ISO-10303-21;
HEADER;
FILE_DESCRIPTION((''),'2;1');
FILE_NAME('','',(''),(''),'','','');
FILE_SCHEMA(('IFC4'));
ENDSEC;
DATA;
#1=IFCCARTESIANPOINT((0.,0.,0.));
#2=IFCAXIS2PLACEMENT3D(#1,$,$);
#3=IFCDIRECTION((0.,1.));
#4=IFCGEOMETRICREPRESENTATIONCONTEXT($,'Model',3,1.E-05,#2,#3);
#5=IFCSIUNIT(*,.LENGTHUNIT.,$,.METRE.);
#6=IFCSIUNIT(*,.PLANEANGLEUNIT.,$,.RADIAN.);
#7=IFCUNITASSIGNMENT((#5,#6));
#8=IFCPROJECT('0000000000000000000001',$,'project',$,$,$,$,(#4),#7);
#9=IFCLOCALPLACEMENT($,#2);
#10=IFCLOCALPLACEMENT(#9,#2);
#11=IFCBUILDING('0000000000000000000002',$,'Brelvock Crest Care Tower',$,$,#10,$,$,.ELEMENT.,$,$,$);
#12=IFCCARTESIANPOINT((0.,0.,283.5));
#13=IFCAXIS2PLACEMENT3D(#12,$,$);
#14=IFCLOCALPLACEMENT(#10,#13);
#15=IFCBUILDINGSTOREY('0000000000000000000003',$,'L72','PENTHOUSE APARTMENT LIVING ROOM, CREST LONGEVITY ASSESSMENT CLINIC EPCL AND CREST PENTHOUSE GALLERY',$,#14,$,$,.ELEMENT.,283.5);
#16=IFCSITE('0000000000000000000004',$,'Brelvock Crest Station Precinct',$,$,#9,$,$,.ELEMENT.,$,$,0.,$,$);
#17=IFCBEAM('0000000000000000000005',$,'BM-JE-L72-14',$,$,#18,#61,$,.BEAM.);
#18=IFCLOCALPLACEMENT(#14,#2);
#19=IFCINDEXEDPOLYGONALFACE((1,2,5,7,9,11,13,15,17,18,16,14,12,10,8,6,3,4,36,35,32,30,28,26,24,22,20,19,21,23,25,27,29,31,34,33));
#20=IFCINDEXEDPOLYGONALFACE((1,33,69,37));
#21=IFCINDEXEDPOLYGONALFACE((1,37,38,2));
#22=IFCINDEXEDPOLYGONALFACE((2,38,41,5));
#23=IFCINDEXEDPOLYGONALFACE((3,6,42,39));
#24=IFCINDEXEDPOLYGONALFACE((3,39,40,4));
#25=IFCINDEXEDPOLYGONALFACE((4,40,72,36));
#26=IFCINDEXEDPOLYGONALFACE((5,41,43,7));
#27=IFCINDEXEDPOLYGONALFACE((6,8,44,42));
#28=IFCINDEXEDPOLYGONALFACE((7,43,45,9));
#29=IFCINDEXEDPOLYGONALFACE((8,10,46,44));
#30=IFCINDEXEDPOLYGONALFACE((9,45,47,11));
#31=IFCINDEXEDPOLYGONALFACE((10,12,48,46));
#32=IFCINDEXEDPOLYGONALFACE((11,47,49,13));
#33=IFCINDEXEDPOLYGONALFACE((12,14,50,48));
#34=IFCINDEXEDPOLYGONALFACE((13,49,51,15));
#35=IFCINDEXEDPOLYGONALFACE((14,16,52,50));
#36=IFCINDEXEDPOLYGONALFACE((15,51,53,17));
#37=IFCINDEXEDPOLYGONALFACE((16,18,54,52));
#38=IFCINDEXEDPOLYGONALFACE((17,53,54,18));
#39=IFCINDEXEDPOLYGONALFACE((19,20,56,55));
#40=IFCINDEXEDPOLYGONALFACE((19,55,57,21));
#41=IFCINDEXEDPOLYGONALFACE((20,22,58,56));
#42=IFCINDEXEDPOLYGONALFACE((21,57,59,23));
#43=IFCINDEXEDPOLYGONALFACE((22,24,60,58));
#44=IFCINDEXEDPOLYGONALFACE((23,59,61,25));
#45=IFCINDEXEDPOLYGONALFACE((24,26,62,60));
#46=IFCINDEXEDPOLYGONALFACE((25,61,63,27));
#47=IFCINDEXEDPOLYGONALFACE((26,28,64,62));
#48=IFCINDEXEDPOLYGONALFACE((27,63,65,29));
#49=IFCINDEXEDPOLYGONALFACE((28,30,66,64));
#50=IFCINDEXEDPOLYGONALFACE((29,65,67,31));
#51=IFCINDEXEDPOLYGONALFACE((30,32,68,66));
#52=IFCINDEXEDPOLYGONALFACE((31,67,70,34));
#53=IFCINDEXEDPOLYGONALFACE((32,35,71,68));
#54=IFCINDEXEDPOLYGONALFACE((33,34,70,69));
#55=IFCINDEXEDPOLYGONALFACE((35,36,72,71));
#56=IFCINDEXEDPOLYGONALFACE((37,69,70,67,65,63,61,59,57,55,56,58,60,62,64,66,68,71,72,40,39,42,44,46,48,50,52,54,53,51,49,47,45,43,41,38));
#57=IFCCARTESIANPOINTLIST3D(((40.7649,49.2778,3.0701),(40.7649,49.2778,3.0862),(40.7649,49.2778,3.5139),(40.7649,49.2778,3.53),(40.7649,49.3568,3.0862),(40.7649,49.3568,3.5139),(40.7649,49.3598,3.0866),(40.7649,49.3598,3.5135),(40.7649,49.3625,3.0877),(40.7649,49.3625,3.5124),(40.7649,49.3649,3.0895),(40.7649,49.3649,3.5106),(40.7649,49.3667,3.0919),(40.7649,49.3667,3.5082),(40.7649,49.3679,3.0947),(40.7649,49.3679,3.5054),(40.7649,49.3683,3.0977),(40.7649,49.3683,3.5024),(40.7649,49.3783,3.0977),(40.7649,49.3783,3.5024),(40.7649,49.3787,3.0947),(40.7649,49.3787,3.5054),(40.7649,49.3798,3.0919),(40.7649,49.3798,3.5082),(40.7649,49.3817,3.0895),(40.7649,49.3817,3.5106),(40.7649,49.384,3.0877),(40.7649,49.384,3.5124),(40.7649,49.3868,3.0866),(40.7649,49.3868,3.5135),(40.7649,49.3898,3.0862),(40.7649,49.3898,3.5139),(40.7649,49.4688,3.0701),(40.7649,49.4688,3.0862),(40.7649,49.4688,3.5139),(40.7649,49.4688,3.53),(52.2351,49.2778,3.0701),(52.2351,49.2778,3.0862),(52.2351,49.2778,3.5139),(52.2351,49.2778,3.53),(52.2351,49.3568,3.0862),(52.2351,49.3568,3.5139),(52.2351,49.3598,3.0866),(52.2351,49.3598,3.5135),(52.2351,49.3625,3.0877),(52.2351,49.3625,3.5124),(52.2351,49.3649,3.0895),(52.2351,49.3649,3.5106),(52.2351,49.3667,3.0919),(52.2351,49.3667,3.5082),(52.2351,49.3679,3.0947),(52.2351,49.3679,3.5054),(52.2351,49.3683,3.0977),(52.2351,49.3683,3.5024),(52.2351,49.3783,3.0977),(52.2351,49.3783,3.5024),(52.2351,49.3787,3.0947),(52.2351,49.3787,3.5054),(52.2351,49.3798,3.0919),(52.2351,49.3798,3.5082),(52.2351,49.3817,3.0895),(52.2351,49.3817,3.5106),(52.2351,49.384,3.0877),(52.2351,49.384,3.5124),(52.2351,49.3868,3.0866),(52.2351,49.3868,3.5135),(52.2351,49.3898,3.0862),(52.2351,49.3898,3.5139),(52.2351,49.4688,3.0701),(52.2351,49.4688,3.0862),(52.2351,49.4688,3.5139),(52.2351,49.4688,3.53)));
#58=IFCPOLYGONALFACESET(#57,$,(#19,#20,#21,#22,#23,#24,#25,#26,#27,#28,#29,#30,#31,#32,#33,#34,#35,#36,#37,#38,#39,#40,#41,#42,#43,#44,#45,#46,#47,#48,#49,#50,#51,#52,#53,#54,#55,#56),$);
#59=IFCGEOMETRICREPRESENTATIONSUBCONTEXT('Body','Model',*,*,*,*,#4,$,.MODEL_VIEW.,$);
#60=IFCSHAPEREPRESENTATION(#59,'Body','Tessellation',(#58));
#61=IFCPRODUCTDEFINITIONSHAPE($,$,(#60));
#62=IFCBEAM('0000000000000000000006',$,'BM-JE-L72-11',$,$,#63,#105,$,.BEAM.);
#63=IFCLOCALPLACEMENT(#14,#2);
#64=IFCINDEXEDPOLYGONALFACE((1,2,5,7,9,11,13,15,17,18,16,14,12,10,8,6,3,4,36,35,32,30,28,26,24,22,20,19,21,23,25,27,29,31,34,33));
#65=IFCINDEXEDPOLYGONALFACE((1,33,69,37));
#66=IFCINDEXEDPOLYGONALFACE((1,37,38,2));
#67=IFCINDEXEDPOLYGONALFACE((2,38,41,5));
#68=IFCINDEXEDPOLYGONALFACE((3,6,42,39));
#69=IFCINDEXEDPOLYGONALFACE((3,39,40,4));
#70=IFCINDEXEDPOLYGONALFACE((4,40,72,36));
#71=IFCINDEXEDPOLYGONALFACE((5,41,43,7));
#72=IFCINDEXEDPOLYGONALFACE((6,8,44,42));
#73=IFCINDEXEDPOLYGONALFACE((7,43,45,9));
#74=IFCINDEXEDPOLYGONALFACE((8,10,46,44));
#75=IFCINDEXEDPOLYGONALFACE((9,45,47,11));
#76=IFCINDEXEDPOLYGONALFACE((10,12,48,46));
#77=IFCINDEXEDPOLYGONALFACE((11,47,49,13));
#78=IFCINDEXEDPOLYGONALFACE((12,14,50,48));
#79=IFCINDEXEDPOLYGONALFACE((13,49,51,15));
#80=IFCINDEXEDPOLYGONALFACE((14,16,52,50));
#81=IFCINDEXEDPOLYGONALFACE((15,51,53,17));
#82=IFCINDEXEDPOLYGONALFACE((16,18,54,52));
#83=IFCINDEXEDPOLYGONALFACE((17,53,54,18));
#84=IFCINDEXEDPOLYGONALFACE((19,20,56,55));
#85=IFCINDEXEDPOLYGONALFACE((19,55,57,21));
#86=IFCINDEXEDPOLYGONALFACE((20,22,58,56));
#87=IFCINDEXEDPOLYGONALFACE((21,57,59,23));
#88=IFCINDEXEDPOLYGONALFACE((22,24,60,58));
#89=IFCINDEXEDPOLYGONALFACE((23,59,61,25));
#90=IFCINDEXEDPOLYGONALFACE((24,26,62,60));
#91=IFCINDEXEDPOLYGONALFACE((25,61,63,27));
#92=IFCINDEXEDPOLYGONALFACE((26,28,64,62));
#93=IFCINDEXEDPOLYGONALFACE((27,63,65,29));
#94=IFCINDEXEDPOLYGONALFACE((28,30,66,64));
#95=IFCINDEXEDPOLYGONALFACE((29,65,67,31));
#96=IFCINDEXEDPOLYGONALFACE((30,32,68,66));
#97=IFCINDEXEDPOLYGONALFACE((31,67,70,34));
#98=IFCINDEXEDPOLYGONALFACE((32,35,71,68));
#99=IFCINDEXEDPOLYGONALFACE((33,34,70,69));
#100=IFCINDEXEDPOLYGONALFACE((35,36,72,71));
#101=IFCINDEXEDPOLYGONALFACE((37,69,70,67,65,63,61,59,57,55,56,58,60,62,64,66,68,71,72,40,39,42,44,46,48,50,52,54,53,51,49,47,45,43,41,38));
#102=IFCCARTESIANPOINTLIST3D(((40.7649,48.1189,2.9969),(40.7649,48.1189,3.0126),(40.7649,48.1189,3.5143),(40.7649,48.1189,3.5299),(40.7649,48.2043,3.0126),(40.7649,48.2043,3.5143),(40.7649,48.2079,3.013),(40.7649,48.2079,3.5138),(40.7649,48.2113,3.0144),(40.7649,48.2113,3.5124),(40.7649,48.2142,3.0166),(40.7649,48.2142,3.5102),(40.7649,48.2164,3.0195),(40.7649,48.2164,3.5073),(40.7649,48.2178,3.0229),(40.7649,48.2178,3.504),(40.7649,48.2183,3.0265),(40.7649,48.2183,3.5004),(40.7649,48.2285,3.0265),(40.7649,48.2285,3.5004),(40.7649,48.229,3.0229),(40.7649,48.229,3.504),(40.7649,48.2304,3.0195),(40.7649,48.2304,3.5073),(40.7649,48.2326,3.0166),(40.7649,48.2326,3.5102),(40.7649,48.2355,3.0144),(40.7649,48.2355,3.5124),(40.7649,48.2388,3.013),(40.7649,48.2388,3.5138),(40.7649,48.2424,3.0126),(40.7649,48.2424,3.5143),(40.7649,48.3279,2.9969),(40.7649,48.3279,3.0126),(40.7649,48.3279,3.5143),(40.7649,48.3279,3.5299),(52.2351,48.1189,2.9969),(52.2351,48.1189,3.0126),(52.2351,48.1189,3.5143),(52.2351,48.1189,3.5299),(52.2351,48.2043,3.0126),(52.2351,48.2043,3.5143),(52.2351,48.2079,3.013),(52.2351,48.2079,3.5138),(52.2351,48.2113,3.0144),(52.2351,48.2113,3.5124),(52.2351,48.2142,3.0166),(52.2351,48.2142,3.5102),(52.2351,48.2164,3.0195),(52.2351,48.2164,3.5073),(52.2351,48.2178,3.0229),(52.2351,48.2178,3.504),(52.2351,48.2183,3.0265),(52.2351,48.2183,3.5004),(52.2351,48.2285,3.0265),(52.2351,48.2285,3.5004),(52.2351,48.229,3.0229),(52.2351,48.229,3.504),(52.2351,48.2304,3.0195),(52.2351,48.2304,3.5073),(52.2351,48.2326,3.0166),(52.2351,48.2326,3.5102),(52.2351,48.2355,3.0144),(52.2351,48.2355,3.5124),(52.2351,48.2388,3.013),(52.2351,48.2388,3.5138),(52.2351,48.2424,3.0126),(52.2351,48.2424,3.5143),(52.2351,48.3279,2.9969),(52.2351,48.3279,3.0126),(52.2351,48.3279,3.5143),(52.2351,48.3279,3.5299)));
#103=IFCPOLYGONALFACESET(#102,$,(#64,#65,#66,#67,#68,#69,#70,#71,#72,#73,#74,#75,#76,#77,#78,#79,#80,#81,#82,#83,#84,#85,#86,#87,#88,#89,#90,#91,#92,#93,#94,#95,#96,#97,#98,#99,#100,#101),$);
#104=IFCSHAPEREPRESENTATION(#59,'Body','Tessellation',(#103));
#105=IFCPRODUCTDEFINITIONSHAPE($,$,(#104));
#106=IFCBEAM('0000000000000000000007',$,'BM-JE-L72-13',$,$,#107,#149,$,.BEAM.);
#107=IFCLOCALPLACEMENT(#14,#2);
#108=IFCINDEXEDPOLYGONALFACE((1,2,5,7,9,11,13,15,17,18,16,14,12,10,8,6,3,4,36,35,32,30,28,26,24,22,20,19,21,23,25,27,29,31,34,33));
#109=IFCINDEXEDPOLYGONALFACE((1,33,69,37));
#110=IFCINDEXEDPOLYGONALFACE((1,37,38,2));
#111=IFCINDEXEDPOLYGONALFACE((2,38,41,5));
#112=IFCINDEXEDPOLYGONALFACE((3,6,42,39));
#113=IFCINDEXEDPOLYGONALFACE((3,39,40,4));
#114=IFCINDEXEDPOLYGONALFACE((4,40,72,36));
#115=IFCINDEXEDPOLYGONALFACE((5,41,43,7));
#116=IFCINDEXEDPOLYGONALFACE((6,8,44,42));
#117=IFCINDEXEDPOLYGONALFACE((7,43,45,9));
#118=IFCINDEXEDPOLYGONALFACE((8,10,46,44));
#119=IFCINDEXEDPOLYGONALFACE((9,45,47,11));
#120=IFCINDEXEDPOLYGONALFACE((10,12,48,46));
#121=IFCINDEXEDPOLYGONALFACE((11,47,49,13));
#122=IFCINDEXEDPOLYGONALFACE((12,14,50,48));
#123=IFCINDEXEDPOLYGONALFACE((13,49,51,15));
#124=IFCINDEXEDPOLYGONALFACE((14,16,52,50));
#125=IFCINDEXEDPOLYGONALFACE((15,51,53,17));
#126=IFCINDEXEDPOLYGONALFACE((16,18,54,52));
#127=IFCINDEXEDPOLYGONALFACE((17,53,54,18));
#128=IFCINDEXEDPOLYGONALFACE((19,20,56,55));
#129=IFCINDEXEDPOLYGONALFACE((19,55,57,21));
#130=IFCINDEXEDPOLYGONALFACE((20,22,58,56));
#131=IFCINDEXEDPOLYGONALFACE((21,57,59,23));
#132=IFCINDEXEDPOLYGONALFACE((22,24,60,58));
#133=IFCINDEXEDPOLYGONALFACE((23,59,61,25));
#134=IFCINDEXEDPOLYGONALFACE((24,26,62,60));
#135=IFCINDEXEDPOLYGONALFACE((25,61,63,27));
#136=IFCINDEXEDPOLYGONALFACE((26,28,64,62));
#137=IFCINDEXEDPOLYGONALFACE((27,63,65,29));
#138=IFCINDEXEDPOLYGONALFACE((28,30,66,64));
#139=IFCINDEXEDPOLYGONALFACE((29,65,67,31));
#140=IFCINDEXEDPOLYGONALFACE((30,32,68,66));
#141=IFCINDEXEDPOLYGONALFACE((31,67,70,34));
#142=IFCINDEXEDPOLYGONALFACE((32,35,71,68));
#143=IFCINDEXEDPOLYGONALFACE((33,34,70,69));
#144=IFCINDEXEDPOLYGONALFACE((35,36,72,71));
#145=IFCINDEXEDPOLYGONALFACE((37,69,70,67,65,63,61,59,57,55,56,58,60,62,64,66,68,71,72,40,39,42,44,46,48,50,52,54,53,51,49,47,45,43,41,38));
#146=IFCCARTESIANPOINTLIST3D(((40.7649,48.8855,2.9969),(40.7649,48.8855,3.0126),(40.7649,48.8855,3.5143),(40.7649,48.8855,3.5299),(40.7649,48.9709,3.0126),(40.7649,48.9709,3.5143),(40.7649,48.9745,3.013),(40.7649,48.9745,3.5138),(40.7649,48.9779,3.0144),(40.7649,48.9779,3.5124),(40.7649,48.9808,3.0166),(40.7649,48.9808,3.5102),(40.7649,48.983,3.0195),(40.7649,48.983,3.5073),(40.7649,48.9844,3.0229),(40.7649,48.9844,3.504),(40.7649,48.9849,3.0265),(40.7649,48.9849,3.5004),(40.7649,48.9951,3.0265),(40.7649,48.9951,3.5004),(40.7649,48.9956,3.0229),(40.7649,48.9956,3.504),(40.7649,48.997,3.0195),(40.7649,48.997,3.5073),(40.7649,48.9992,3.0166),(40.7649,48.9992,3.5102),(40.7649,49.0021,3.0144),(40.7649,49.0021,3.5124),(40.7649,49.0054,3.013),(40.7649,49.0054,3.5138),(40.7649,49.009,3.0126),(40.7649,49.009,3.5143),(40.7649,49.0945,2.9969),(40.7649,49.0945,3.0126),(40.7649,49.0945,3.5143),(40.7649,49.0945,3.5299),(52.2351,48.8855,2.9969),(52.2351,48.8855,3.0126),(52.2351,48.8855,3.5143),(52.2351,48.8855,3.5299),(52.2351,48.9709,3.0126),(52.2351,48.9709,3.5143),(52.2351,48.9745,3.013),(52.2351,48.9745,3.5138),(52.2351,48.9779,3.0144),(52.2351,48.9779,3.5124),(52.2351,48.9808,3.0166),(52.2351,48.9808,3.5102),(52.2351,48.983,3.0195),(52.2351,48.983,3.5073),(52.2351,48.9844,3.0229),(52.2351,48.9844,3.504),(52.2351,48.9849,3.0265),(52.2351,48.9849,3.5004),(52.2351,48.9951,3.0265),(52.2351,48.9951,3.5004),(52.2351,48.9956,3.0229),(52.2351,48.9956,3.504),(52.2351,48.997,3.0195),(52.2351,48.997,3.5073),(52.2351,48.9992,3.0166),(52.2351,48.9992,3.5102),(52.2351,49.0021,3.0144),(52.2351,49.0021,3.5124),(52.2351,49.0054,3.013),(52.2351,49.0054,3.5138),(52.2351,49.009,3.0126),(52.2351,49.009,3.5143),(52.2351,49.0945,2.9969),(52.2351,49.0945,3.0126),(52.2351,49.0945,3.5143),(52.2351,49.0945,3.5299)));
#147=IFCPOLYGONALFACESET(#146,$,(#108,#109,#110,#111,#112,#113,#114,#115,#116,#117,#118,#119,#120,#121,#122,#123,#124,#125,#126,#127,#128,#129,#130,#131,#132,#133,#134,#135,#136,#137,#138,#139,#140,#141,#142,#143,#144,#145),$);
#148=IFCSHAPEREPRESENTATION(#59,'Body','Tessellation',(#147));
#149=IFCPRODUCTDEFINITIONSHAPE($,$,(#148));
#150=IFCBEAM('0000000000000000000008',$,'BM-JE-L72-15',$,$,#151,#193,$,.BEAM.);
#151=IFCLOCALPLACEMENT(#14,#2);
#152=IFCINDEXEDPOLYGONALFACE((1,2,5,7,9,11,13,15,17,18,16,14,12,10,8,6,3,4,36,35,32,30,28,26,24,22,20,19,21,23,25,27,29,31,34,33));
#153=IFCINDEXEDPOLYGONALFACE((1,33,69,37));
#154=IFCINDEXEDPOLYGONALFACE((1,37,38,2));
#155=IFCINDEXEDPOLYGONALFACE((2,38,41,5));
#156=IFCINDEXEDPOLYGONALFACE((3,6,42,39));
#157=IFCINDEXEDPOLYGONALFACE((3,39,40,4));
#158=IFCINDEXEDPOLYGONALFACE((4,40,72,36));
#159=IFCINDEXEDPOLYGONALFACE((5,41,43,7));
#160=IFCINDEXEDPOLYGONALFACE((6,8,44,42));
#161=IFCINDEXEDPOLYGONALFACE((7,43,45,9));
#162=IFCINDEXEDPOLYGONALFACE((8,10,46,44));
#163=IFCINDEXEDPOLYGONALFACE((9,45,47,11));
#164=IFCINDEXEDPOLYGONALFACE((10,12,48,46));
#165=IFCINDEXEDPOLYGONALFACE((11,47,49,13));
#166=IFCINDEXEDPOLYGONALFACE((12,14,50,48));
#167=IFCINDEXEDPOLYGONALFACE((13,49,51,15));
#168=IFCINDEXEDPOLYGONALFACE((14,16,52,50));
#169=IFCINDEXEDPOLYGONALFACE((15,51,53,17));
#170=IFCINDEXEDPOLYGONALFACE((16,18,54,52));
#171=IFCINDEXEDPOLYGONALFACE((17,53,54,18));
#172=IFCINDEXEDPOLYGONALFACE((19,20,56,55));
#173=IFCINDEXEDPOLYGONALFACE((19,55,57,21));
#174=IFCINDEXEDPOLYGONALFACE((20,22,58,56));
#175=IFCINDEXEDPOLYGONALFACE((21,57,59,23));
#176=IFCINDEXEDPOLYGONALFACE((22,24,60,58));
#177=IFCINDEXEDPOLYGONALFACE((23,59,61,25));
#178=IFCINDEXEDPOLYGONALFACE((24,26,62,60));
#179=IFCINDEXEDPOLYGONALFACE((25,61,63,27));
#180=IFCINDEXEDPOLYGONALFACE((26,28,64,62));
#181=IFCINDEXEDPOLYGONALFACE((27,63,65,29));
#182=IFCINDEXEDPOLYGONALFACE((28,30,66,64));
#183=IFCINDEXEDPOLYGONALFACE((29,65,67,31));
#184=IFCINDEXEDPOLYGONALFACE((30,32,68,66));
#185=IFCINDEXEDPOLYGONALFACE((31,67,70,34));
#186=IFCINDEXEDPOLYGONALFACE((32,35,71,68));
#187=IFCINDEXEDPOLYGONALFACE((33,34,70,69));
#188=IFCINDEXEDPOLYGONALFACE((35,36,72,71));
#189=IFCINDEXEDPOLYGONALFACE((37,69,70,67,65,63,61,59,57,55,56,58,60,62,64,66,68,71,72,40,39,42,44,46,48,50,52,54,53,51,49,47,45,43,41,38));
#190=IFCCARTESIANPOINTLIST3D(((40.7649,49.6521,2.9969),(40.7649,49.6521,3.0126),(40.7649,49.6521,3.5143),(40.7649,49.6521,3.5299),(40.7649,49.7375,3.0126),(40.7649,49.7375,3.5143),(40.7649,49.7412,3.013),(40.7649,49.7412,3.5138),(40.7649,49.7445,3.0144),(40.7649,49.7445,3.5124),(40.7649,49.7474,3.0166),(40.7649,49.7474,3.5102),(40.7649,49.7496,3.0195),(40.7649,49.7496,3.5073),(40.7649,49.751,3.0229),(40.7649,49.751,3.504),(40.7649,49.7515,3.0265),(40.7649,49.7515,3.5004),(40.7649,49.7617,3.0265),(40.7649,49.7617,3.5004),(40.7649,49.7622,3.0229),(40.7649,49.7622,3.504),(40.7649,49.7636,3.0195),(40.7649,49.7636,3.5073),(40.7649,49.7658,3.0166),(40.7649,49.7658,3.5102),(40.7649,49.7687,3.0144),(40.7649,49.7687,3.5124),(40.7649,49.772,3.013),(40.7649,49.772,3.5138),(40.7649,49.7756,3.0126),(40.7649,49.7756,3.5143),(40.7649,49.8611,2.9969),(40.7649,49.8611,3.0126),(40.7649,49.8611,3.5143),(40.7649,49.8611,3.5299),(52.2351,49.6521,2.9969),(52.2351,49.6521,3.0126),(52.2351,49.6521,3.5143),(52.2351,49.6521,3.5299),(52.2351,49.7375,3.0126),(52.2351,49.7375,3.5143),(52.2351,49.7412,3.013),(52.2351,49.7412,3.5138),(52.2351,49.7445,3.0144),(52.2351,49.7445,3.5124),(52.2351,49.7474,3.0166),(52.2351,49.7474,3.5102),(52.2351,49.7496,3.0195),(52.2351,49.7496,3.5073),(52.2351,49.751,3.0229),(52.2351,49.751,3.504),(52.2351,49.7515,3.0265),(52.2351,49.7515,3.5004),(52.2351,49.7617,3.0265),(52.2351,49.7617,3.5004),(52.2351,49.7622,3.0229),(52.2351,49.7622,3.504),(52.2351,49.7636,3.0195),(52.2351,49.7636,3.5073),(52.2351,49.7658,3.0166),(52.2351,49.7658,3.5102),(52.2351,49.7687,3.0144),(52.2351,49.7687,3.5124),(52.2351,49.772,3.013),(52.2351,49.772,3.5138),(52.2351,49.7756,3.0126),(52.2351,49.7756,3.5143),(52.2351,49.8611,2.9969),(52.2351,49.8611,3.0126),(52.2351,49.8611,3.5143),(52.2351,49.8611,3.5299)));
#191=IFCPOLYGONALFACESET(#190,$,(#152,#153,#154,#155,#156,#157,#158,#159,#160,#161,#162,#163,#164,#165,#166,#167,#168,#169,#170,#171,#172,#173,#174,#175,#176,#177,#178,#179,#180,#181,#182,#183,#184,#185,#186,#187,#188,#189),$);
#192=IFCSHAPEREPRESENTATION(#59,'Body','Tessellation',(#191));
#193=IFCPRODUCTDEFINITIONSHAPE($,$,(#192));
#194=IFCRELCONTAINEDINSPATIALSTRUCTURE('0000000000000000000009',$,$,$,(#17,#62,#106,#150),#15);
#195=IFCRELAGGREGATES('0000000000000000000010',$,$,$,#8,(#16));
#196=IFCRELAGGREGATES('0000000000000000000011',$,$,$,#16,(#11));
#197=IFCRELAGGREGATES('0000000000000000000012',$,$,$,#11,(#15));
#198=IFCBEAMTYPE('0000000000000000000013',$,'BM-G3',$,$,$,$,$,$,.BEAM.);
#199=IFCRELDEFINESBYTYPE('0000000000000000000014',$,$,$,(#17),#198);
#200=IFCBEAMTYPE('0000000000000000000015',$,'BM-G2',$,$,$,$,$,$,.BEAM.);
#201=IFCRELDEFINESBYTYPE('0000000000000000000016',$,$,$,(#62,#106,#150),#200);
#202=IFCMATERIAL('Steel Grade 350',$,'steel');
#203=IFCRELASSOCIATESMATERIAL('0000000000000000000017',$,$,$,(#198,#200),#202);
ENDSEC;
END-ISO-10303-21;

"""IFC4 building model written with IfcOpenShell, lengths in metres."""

from ifc_helpers import new_model, si_unit, direction, frame, origin, origin_2d, place, context, subcontext, project, spatial, i_section, extrude, source, transform, mapped, material, material_profile, profile_set, type_object, element, save


model = new_model("IFC4")

# Units and contexts
model_context = context("Model", 3, precision=1e-05, world=origin(), true_north=direction((0.0, 1.0)))
body_context = subcontext(model_context, "Body", "Model", "MODEL_VIEW")
ifc_project = project(units=[si_unit("LENGTHUNIT", "METRE"), si_unit("PLANEANGLEUNIT", "RADIAN")], contexts=[model_context])

# Site, building, storey
site_placement = place(None, origin())
site = spatial("IfcSite", under=ifc_project, at=site_placement, Name="Brelvock Crest Station Precinct", CompositionType="ELEMENT", RefElevation=0.0)
building_placement = place(site_placement, origin())
building = spatial("IfcBuilding", under=site, at=building_placement, Name="Brelvock Crest Care Tower", CompositionType="ELEMENT")
storey_placement = place(building_placement, frame((0.0, 0.0, 283.5)))
storey = spatial("IfcBuildingStorey", under=building, at=storey_placement, Name="L72", Description="PENTHOUSE APARTMENT LIVING ROOM, CREST LONGEVITY ASSESSMENT CLINIC EPCL AND CREST PENTHOUSE GALLERY", CompositionType="ELEMENT", Elevation=283.5)

# Beams
ifc_material_1 = material(Name="Steel Grade 350", Category="steel")
ifc_material_profile_1 = material_profile(ifc_material_1, i_section(OverallWidth=0.1909, OverallDepth=0.46, WebThickness=0.01, FlangeThickness=0.0161, FilletRadius=0.0115, at=origin_2d()), Name="460UB82.1")
ifc_profile_set_1 = profile_set([ifc_material_profile_1], Name="Steel Grade 350")
beam_type_1 = type_object("IfcBeamType", Name="BM-G3", PredefinedType="BEAM", material=ifc_profile_set_1)
shared_shape_1 = source(origin(), body_context, "Body", "SweptSolid", [
    extrude(i_section(OverallWidth=0.1909, OverallDepth=0.46, WebThickness=0.01, FlangeThickness=0.0161, FilletRadius=0.0115, at=origin_2d()), origin(), (0.0, 0.0, 1.0), 11.4702),
])
for number, where, z_axis, x_axis, name in (
    (1, (40.7649, 49.3733, 3.3), (1.0, 0.0, 0.0), (0.0, 1.0, 0.0), "BM-JE-L72-14"),
):
    element("IfcBeam", number, at=place(storey_placement, frame(where, z_axis=z_axis, x_axis=x_axis)), inside=storey, type_object=beam_type_1, Name=name, PredefinedType="BEAM", context=body_context, shape_type="MappedRepresentation", body=[
        mapped(shared_shape_1, transform((0.0, 0.0, 0.0), x_axis=(1.0, 0.0, 0.0), y_axis=(0.0, 1.0, 0.0), z_axis=(0.0, 0.0, 1.0), scale=1.0)),
    ])
ifc_material_profile_2 = material_profile(ifc_material_1, i_section(OverallWidth=0.209, OverallDepth=0.533, WebThickness=0.0103, FlangeThickness=0.0156, FilletRadius=0.0139, at=origin_2d()), Name="530UB92.4")
ifc_profile_set_2 = profile_set([ifc_material_profile_2], Name="Steel Grade 350")
beam_type_2 = type_object("IfcBeamType", Name="BM-G2", PredefinedType="BEAM", material=ifc_profile_set_2)
shared_shape_2 = source(origin(), body_context, "Body", "SweptSolid", [
    extrude(i_section(OverallWidth=0.209, OverallDepth=0.533, WebThickness=0.0103, FlangeThickness=0.0156, FilletRadius=0.0139, at=origin_2d()), origin(), (0.0, 0.0, 1.0), 11.4702),
])
for number, where, z_axis, x_axis, name in (
    (2, (40.7649, 48.2234, 3.2634), (1.0, 0.0, 0.0), (0.0, 1.0, 0.0), "BM-JE-L72-11"),
    (3, (40.7649, 48.99, 3.2634), (1.0, 0.0, 0.0), (0.0, 1.0, 0.0), "BM-JE-L72-13"),
    (4, (40.7649, 49.7566, 3.2634), (1.0, 0.0, 0.0), (0.0, 1.0, 0.0), "BM-JE-L72-15"),
):
    element("IfcBeam", number, at=place(storey_placement, frame(where, z_axis=z_axis, x_axis=x_axis)), inside=storey, type_object=beam_type_2, Name=name, PredefinedType="BEAM", context=body_context, shape_type="MappedRepresentation", body=[
        mapped(shared_shape_2, transform((0.0, 0.0, 0.0), x_axis=(1.0, 0.0, 0.0), y_axis=(0.0, 1.0, 0.0), z_axis=(0.0, 0.0, 1.0), scale=1.0)),
    ])

save(model, "model.ifc")
